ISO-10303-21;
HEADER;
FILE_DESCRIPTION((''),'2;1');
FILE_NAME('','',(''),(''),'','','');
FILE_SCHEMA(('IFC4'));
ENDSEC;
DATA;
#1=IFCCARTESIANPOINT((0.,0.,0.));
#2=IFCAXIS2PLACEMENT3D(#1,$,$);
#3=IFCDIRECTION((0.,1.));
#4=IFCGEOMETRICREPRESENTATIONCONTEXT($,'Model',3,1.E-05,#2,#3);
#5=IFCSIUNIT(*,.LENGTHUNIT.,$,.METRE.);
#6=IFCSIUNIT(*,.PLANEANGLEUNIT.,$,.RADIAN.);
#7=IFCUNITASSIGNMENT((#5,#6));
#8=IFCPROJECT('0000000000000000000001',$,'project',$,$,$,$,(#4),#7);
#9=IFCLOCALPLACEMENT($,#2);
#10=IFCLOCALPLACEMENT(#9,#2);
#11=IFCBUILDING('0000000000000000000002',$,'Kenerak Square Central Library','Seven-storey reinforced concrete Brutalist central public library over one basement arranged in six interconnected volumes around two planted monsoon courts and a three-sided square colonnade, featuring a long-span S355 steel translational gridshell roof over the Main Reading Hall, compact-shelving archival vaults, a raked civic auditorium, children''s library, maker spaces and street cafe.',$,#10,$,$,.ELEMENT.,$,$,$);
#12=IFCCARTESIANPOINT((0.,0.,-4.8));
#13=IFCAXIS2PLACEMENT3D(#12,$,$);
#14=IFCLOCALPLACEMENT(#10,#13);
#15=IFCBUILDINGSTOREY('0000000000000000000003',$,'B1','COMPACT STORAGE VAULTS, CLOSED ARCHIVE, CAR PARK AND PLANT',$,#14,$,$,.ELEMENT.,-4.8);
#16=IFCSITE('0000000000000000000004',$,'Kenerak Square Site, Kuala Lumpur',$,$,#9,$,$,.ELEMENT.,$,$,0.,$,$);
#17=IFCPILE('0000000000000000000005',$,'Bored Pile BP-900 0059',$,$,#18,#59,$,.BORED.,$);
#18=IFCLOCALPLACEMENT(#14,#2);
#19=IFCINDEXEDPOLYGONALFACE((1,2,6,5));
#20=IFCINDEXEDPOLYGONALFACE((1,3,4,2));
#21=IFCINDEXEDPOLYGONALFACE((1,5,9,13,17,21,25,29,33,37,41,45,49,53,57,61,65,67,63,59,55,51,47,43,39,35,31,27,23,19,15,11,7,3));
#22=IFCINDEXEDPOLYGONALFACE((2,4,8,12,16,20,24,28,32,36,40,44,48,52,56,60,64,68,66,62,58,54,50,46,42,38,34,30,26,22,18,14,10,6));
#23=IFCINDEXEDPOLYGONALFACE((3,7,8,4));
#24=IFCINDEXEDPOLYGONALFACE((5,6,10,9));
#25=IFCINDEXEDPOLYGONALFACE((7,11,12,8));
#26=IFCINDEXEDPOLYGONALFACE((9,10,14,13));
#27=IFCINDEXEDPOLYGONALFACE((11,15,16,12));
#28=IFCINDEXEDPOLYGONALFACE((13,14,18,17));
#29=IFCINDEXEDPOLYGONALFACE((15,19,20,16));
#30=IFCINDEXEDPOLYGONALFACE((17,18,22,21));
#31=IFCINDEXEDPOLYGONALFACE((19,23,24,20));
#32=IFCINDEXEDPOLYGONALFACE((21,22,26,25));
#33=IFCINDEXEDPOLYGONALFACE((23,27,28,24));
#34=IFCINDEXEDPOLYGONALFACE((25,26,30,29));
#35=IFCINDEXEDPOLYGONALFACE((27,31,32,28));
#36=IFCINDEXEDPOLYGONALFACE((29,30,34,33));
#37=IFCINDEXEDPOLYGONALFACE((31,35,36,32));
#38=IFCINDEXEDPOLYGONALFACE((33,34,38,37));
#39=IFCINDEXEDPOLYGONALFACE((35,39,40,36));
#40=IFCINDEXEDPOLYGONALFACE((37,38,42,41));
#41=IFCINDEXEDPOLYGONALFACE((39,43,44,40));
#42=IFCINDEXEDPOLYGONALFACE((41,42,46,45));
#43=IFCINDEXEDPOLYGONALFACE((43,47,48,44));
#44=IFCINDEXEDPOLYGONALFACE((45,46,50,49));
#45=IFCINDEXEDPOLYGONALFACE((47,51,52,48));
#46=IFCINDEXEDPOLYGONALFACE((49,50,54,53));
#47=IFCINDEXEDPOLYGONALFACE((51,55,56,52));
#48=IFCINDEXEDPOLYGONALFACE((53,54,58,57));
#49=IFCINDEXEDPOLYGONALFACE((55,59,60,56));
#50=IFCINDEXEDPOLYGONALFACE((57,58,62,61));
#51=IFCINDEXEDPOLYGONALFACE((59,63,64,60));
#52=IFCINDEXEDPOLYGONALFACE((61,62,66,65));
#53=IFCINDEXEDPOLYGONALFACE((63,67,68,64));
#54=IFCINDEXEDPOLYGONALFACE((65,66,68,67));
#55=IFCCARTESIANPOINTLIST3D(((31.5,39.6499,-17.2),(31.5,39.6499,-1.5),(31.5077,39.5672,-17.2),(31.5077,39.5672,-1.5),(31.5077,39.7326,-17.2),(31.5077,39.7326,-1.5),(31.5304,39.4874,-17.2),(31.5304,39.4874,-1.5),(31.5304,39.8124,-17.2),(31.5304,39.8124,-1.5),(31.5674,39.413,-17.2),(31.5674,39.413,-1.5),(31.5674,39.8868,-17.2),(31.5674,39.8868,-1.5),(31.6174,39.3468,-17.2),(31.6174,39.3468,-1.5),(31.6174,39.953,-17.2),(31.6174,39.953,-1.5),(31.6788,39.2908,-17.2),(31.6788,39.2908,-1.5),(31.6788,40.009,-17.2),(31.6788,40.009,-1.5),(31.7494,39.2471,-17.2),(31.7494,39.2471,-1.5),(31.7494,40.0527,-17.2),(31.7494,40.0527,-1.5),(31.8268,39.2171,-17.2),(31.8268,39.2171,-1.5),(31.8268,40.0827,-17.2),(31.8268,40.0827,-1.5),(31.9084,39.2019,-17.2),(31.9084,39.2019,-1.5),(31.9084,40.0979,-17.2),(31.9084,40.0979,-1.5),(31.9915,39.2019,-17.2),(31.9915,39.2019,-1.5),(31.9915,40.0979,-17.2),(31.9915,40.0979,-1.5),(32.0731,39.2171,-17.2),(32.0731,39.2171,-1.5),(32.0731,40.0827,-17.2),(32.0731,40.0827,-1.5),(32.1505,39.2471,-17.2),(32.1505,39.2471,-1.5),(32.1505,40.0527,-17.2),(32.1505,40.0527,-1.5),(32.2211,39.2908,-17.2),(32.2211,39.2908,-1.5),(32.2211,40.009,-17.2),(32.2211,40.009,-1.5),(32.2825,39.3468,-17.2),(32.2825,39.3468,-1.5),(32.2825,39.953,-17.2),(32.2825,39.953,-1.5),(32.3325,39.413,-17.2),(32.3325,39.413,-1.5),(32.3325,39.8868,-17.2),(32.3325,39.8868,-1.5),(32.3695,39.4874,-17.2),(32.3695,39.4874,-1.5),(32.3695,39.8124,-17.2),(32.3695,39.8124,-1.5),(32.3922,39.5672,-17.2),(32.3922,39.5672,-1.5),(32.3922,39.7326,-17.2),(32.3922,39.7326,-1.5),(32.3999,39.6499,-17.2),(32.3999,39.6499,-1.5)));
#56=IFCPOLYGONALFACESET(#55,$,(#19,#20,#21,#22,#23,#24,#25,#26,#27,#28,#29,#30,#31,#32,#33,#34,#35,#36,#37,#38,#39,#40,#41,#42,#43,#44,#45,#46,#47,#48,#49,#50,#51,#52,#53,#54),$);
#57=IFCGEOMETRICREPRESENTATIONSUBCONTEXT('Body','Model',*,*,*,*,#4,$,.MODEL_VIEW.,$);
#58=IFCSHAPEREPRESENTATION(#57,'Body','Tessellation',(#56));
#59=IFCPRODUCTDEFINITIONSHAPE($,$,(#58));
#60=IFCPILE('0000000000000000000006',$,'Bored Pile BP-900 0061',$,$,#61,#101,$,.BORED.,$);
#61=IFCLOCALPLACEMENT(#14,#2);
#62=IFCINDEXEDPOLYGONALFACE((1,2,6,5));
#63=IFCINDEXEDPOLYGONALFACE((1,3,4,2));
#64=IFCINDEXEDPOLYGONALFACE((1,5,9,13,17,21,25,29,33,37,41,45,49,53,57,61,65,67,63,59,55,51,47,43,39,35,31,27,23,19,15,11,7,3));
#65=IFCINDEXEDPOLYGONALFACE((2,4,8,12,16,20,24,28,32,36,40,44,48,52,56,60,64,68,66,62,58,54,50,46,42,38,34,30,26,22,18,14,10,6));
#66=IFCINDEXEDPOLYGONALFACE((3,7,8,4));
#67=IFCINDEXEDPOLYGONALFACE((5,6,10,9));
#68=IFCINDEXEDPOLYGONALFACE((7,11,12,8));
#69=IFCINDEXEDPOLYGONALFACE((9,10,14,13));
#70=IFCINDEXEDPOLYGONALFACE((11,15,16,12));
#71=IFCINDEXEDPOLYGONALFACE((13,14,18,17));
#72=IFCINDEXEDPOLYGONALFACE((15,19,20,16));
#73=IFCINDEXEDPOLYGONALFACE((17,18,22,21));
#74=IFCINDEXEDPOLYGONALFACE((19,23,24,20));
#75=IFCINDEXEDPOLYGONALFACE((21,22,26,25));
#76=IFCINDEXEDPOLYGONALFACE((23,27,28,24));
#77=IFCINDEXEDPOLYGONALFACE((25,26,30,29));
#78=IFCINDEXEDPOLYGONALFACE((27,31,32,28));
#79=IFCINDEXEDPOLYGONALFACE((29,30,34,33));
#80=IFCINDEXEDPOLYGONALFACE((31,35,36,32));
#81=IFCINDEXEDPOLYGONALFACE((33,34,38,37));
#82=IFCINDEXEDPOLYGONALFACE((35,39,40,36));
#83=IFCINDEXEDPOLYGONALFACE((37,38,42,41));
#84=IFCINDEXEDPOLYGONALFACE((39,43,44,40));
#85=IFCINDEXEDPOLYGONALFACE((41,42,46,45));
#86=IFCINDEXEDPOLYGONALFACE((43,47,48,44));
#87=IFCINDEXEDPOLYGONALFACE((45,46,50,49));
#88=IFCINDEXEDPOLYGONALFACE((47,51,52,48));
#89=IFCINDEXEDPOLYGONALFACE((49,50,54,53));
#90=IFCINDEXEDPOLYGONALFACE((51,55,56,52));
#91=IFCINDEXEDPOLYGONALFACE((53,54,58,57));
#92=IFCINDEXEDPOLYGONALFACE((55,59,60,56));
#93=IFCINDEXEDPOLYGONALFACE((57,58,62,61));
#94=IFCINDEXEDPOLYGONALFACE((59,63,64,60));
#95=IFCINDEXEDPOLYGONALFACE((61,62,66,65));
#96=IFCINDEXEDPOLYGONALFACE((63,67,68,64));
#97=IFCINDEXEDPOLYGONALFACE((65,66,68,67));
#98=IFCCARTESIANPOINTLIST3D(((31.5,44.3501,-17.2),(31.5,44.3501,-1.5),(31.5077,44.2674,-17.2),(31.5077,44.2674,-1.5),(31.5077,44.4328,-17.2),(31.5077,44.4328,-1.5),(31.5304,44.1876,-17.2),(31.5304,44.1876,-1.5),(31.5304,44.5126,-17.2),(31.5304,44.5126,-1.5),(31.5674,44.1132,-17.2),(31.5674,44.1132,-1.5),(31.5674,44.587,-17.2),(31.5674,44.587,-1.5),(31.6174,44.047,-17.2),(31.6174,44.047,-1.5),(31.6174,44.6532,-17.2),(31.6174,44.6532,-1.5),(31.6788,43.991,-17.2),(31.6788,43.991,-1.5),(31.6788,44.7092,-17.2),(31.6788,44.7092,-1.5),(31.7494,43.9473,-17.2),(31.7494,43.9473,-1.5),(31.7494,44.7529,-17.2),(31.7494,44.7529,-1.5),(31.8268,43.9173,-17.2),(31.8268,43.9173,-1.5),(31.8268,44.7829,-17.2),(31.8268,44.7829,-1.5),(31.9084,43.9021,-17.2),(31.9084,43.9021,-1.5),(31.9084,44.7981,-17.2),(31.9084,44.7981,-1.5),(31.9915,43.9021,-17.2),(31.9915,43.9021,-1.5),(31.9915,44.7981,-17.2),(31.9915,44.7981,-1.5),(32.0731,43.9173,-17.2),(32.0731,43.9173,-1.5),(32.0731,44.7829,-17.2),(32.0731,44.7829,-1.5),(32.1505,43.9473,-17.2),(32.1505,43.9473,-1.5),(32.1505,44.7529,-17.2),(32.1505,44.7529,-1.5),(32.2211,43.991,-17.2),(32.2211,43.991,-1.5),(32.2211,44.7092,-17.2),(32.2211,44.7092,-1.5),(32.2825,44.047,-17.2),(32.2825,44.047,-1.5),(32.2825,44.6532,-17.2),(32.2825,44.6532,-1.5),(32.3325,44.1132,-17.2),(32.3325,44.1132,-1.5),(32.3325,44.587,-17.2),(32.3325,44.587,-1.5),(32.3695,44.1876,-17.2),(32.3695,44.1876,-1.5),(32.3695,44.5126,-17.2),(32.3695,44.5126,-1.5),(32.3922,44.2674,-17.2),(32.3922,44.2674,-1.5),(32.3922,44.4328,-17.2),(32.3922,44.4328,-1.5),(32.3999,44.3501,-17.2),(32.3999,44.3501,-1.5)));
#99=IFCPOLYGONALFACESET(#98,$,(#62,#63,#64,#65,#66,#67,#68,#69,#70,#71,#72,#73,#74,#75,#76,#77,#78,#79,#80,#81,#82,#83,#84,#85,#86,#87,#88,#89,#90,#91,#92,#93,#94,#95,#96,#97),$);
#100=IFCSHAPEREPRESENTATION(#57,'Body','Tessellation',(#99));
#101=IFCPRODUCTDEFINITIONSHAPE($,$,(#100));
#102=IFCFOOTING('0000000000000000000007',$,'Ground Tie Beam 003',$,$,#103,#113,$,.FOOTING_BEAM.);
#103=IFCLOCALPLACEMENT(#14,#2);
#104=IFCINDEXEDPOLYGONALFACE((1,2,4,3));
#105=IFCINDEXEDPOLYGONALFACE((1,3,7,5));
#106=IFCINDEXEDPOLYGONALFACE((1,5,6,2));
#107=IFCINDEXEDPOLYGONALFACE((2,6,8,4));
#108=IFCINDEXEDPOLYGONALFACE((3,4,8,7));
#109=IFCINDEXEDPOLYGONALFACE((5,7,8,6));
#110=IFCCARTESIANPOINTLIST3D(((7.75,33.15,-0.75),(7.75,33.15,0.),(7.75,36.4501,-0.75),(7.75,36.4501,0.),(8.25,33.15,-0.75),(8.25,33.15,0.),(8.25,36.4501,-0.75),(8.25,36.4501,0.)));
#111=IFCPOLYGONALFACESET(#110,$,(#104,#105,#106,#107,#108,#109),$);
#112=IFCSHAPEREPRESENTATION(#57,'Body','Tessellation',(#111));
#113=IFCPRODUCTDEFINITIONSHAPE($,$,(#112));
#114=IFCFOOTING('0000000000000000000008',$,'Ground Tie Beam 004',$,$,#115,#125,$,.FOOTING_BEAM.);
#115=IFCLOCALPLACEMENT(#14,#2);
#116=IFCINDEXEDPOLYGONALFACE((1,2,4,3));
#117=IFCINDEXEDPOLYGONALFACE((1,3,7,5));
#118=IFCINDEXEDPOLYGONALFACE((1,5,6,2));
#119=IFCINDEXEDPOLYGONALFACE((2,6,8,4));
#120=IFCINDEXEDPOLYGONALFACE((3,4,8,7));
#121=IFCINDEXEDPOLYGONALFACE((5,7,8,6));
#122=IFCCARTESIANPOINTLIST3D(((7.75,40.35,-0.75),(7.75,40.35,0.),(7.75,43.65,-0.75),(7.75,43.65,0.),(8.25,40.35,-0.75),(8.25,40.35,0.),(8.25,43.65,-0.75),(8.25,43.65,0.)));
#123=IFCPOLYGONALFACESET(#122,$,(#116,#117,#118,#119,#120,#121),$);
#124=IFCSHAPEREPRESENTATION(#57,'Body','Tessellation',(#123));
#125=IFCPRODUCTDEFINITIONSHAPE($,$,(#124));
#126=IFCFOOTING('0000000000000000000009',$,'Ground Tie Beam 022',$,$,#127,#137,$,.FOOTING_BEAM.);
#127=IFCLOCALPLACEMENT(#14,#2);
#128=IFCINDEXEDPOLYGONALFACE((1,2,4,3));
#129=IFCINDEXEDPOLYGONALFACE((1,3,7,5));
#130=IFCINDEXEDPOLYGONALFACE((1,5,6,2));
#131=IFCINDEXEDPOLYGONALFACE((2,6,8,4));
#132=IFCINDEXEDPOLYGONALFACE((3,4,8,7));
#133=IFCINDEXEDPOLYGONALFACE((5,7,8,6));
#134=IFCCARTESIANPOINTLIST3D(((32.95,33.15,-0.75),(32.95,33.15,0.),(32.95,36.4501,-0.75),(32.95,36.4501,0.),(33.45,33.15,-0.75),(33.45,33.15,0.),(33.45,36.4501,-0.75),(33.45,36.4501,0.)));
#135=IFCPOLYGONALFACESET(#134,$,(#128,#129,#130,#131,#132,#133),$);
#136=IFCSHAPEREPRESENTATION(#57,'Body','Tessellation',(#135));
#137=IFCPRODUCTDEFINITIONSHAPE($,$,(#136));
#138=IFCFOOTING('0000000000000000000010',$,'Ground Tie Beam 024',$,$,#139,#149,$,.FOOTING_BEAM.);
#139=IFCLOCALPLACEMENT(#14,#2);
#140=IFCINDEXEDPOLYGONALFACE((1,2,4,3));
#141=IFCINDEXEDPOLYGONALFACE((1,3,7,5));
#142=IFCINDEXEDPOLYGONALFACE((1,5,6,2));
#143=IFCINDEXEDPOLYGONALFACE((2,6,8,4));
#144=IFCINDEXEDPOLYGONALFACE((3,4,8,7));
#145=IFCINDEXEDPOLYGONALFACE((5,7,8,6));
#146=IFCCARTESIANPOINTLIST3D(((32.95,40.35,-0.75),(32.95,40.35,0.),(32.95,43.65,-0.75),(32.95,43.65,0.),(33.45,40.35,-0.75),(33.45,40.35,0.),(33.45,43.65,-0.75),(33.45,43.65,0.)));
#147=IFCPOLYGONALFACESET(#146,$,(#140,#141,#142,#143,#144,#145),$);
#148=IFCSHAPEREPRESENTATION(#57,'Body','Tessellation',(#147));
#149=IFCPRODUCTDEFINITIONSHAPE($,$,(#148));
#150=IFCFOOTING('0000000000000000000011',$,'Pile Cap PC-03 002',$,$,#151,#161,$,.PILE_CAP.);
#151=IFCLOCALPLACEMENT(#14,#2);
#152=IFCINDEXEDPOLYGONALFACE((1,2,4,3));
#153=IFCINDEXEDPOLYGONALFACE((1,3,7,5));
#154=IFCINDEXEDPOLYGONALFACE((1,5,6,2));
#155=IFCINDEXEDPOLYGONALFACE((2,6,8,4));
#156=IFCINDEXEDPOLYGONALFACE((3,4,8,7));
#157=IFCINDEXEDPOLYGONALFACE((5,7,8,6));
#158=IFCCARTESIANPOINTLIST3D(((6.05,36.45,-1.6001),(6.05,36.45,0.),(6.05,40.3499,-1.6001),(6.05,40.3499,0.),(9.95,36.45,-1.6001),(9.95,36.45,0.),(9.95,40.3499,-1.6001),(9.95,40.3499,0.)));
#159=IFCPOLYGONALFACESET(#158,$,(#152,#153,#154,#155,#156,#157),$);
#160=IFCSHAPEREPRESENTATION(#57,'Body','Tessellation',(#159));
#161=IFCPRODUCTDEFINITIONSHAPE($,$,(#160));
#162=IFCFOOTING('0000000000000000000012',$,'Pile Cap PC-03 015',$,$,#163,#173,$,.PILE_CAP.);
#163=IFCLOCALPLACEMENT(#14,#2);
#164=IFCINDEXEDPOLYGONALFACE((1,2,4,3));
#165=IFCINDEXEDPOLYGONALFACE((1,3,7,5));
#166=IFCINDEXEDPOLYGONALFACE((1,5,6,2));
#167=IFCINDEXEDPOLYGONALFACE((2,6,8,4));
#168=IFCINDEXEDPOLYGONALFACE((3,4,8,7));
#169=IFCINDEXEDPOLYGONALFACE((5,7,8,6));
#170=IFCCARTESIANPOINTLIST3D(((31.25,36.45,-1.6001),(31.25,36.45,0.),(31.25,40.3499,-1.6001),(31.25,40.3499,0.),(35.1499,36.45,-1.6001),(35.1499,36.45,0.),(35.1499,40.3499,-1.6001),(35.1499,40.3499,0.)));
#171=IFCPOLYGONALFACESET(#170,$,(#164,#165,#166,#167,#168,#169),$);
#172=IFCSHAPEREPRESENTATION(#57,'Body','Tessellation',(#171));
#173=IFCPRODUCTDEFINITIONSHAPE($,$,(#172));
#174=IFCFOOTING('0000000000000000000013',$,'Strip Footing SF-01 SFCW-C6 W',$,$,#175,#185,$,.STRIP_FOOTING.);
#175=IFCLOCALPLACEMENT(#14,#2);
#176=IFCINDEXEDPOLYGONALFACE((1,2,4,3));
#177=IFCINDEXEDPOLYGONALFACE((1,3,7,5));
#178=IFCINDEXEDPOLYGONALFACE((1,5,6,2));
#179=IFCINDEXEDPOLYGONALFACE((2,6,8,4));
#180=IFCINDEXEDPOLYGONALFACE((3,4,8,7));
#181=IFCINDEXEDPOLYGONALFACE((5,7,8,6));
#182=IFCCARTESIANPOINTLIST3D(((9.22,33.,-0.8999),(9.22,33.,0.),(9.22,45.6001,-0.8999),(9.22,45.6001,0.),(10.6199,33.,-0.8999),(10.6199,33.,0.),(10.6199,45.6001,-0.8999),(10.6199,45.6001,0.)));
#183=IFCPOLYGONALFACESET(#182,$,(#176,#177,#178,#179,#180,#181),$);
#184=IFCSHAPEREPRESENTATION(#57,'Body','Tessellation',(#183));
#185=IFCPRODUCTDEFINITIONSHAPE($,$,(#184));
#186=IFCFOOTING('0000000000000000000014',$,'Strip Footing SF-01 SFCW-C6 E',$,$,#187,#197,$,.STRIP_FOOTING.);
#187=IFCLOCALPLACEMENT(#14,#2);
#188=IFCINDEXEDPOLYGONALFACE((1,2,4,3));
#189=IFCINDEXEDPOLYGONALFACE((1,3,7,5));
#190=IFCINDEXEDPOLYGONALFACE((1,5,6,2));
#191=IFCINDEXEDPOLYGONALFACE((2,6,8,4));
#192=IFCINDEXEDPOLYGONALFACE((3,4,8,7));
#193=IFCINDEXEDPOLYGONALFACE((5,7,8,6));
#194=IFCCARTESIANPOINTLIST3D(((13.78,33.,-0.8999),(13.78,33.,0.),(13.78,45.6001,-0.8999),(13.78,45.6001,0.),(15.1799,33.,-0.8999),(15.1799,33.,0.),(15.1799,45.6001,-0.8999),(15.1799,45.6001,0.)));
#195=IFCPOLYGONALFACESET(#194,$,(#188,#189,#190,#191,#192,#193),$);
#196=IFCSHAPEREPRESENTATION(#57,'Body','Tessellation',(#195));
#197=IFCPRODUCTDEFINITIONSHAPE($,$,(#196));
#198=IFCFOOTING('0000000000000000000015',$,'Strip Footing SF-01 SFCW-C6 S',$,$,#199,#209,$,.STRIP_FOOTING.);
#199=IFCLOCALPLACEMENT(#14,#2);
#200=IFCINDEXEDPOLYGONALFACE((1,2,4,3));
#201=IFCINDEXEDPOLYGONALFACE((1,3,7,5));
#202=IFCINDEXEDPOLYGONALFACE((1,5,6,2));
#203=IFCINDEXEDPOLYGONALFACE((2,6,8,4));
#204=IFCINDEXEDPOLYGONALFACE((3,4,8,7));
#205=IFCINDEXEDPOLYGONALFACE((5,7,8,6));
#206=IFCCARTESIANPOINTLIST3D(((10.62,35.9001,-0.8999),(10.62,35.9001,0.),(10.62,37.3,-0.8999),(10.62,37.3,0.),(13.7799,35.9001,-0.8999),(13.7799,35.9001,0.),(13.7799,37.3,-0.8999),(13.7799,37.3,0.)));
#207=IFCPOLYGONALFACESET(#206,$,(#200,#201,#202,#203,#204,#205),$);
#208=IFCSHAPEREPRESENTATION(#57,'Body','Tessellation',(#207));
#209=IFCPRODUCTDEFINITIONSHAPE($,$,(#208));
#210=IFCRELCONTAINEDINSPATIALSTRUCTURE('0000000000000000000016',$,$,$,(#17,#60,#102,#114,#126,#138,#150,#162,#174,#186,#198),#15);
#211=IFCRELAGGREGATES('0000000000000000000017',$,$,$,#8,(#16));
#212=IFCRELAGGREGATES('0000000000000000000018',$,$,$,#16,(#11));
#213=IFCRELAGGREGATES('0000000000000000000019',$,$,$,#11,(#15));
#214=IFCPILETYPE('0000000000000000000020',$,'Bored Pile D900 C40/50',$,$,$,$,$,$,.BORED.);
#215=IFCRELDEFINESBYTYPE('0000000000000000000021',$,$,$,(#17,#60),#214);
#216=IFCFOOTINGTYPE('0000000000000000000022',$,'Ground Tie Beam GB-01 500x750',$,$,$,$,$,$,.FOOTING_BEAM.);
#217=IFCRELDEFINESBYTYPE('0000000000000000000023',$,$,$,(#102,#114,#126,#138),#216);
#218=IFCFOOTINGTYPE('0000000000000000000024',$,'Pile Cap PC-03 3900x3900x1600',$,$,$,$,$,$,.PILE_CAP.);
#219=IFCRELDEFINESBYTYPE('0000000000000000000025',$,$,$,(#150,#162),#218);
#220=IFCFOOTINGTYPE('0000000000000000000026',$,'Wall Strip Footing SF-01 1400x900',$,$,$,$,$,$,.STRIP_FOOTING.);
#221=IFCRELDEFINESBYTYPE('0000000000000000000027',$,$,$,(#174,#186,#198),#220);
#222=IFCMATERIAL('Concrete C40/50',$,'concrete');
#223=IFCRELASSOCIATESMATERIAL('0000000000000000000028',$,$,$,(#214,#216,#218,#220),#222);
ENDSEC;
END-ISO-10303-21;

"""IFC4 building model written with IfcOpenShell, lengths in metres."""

from ifc_helpers import new_model, si_unit, direction, frame, origin, origin_2d, place, context, subcontext, project, spatial, rectangle, circle, extrude, material, material_profile, profile_set, type_object, element, save


model = new_model("IFC4")

# Units and contexts
model_context = context("Model", 3, precision=1e-05, world=origin(), true_north=direction((0.0, 1.0)))
body_context = subcontext(model_context, "Body", "Model", "MODEL_VIEW")
ifc_project = project(units=[si_unit("LENGTHUNIT", "METRE"), si_unit("PLANEANGLEUNIT", "RADIAN")], contexts=[model_context])

# Site, building, storey
site_placement = place(None, origin())
site = spatial("IfcSite", under=ifc_project, at=site_placement, Name="Kenerak Square Site, Kuala Lumpur", CompositionType="ELEMENT", RefElevation=0.0)
building_placement = place(site_placement, origin())
building = spatial("IfcBuilding", under=site, at=building_placement, Name="Kenerak Square Central Library", Description="Seven-storey reinforced concrete Brutalist central public library over one basement arranged in six interconnected volumes around two planted monsoon courts and a three-sided square colonnade, featuring a long-span S355 steel translational gridshell roof over the Main Reading Hall, compact-shelving archival vaults, a raked civic auditorium, children's library, maker spaces and street cafe.", CompositionType="ELEMENT")
storey_placement = place(building_placement, frame((0.0, 0.0, -4.8)))
storey = spatial("IfcBuildingStorey", under=building, at=storey_placement, Name="B1", Description="COMPACT STORAGE VAULTS, CLOSED ARCHIVE, CAR PARK AND PLANT", CompositionType="ELEMENT", Elevation=-4.8)

# Piles
ifc_material_1 = material(Name="Concrete C40/50", Category="concrete")
ifc_material_profile_1 = material_profile(ifc_material_1, circle(Radius=0.45, at=origin_2d()), Name="BP D900")
ifc_profile_set_1 = profile_set([ifc_material_profile_1], Name="Concrete C40/50")
pile_type = type_object("IfcPileType", Name="Bored Pile D900 C40/50", PredefinedType="BORED", material=ifc_profile_set_1)
for number, where, z_axis, x_axis, name in (
    (1, (31.95, 39.6499, -1.5), (0.0, 0.0, -1.0), (1.0, 0.0, 0.0), "Bored Pile BP-900 0059"),
    (2, (31.95, 44.3501, -1.5), (0.0, 0.0, -1.0), (1.0, 0.0, 0.0), "Bored Pile BP-900 0061"),
):
    element("IfcPile", number, at=place(storey_placement, frame(where, z_axis=z_axis, x_axis=x_axis)), inside=storey, type_object=pile_type, Name=name, PredefinedType="BORED", context=body_context, shape_type="SweptSolid", body=[
        extrude(circle(Radius=0.45, at=origin_2d()), origin(), (0.0, 0.0, 1.0), 15.7),
    ])

# Footings
footing_type_1 = type_object("IfcFootingType", Name="Ground Tie Beam GB-01 500x750", PredefinedType="FOOTING_BEAM", material=ifc_material_1)
for number, where, z_axis, x_axis, name in (
    (3, (8.0, 34.8, -0.75), (0.0, 0.0, 1.0), (1.0, 0.0, 0.0), "Ground Tie Beam 003"),
    (4, (8.0, 42.0, -0.75), (0.0, 0.0, 1.0), (1.0, 0.0, 0.0), "Ground Tie Beam 004"),
    (5, (33.2, 34.8, -0.75), (0.0, 0.0, 1.0), (1.0, 0.0, 0.0), "Ground Tie Beam 022"),
    (6, (33.2, 42.0, -0.75), (0.0, 0.0, 1.0), (1.0, 0.0, 0.0), "Ground Tie Beam 024"),
):
    element("IfcFooting", number, at=place(storey_placement, frame(where, z_axis=z_axis, x_axis=x_axis)), inside=storey, type_object=footing_type_1, Name=name, PredefinedType="FOOTING_BEAM", context=body_context, shape_type="SweptSolid", body=[
        extrude(rectangle(XDim=0.5, YDim=3.3, at=origin_2d()), origin(), (0.0, 0.0, 1.0), 0.75),
    ])
footing_type_2 = type_object("IfcFootingType", Name="Pile Cap PC-03 3900x3900x1600", PredefinedType="PILE_CAP", material=ifc_material_1)
for number, where, z_axis, x_axis, name in (
    (7, (8.0, 38.3999, -1.6001), (0.0, 0.0, 1.0), (1.0, 0.0, 0.0), "Pile Cap PC-03 002"),
    (8, (33.2, 38.3999, -1.6001), (0.0, 0.0, 1.0), (1.0, 0.0, 0.0), "Pile Cap PC-03 015"),
):
    element("IfcFooting", number, at=place(storey_placement, frame(where, z_axis=z_axis, x_axis=x_axis)), inside=storey, type_object=footing_type_2, Name=name, PredefinedType="PILE_CAP", context=body_context, shape_type="SweptSolid", body=[
        extrude(rectangle(XDim=3.8999, YDim=3.8999, at=origin_2d()), origin(), (0.0, 0.0, 1.0), 1.6001),
    ])
footing_type_3 = type_object("IfcFootingType", Name="Wall Strip Footing SF-01 1400x900", PredefinedType="STRIP_FOOTING", material=ifc_material_1)
for number, where, z_axis, x_axis, name in (
    (9, (9.9199, 39.3, -0.8999), (0.0, 0.0, 1.0), (1.0, 0.0, 0.0), "Strip Footing SF-01 SFCW-C6 W"),
    (10, (14.48, 39.3, -0.8999), (0.0, 0.0, 1.0), (1.0, 0.0, 0.0), "Strip Footing SF-01 SFCW-C6 E"),
):
    element("IfcFooting", number, at=place(storey_placement, frame(where, z_axis=z_axis, x_axis=x_axis)), inside=storey, type_object=footing_type_3, Name=name, PredefinedType="STRIP_FOOTING", context=body_context, shape_type="SweptSolid", body=[
        extrude(rectangle(XDim=1.3999, YDim=12.6001, at=origin_2d()), origin(), (0.0, 0.0, 1.0), 0.8999),
    ])
footing_placement = place(storey_placement, frame((12.2, 36.6001, -0.8999), z_axis=(0.0, 0.0, 1.0), x_axis=(1.0, 0.0, 0.0)))
element("IfcFooting", 11, at=footing_placement, inside=storey, type_object=footing_type_3, Name="Strip Footing SF-01 SFCW-C6 S", PredefinedType="STRIP_FOOTING", context=body_context, shape_type="SweptSolid", body=[
    extrude(rectangle(XDim=3.1599, YDim=1.3999, at=origin_2d()), origin(), (0.0, 0.0, 1.0), 0.8999),
])

save(model, "model.ifc")
